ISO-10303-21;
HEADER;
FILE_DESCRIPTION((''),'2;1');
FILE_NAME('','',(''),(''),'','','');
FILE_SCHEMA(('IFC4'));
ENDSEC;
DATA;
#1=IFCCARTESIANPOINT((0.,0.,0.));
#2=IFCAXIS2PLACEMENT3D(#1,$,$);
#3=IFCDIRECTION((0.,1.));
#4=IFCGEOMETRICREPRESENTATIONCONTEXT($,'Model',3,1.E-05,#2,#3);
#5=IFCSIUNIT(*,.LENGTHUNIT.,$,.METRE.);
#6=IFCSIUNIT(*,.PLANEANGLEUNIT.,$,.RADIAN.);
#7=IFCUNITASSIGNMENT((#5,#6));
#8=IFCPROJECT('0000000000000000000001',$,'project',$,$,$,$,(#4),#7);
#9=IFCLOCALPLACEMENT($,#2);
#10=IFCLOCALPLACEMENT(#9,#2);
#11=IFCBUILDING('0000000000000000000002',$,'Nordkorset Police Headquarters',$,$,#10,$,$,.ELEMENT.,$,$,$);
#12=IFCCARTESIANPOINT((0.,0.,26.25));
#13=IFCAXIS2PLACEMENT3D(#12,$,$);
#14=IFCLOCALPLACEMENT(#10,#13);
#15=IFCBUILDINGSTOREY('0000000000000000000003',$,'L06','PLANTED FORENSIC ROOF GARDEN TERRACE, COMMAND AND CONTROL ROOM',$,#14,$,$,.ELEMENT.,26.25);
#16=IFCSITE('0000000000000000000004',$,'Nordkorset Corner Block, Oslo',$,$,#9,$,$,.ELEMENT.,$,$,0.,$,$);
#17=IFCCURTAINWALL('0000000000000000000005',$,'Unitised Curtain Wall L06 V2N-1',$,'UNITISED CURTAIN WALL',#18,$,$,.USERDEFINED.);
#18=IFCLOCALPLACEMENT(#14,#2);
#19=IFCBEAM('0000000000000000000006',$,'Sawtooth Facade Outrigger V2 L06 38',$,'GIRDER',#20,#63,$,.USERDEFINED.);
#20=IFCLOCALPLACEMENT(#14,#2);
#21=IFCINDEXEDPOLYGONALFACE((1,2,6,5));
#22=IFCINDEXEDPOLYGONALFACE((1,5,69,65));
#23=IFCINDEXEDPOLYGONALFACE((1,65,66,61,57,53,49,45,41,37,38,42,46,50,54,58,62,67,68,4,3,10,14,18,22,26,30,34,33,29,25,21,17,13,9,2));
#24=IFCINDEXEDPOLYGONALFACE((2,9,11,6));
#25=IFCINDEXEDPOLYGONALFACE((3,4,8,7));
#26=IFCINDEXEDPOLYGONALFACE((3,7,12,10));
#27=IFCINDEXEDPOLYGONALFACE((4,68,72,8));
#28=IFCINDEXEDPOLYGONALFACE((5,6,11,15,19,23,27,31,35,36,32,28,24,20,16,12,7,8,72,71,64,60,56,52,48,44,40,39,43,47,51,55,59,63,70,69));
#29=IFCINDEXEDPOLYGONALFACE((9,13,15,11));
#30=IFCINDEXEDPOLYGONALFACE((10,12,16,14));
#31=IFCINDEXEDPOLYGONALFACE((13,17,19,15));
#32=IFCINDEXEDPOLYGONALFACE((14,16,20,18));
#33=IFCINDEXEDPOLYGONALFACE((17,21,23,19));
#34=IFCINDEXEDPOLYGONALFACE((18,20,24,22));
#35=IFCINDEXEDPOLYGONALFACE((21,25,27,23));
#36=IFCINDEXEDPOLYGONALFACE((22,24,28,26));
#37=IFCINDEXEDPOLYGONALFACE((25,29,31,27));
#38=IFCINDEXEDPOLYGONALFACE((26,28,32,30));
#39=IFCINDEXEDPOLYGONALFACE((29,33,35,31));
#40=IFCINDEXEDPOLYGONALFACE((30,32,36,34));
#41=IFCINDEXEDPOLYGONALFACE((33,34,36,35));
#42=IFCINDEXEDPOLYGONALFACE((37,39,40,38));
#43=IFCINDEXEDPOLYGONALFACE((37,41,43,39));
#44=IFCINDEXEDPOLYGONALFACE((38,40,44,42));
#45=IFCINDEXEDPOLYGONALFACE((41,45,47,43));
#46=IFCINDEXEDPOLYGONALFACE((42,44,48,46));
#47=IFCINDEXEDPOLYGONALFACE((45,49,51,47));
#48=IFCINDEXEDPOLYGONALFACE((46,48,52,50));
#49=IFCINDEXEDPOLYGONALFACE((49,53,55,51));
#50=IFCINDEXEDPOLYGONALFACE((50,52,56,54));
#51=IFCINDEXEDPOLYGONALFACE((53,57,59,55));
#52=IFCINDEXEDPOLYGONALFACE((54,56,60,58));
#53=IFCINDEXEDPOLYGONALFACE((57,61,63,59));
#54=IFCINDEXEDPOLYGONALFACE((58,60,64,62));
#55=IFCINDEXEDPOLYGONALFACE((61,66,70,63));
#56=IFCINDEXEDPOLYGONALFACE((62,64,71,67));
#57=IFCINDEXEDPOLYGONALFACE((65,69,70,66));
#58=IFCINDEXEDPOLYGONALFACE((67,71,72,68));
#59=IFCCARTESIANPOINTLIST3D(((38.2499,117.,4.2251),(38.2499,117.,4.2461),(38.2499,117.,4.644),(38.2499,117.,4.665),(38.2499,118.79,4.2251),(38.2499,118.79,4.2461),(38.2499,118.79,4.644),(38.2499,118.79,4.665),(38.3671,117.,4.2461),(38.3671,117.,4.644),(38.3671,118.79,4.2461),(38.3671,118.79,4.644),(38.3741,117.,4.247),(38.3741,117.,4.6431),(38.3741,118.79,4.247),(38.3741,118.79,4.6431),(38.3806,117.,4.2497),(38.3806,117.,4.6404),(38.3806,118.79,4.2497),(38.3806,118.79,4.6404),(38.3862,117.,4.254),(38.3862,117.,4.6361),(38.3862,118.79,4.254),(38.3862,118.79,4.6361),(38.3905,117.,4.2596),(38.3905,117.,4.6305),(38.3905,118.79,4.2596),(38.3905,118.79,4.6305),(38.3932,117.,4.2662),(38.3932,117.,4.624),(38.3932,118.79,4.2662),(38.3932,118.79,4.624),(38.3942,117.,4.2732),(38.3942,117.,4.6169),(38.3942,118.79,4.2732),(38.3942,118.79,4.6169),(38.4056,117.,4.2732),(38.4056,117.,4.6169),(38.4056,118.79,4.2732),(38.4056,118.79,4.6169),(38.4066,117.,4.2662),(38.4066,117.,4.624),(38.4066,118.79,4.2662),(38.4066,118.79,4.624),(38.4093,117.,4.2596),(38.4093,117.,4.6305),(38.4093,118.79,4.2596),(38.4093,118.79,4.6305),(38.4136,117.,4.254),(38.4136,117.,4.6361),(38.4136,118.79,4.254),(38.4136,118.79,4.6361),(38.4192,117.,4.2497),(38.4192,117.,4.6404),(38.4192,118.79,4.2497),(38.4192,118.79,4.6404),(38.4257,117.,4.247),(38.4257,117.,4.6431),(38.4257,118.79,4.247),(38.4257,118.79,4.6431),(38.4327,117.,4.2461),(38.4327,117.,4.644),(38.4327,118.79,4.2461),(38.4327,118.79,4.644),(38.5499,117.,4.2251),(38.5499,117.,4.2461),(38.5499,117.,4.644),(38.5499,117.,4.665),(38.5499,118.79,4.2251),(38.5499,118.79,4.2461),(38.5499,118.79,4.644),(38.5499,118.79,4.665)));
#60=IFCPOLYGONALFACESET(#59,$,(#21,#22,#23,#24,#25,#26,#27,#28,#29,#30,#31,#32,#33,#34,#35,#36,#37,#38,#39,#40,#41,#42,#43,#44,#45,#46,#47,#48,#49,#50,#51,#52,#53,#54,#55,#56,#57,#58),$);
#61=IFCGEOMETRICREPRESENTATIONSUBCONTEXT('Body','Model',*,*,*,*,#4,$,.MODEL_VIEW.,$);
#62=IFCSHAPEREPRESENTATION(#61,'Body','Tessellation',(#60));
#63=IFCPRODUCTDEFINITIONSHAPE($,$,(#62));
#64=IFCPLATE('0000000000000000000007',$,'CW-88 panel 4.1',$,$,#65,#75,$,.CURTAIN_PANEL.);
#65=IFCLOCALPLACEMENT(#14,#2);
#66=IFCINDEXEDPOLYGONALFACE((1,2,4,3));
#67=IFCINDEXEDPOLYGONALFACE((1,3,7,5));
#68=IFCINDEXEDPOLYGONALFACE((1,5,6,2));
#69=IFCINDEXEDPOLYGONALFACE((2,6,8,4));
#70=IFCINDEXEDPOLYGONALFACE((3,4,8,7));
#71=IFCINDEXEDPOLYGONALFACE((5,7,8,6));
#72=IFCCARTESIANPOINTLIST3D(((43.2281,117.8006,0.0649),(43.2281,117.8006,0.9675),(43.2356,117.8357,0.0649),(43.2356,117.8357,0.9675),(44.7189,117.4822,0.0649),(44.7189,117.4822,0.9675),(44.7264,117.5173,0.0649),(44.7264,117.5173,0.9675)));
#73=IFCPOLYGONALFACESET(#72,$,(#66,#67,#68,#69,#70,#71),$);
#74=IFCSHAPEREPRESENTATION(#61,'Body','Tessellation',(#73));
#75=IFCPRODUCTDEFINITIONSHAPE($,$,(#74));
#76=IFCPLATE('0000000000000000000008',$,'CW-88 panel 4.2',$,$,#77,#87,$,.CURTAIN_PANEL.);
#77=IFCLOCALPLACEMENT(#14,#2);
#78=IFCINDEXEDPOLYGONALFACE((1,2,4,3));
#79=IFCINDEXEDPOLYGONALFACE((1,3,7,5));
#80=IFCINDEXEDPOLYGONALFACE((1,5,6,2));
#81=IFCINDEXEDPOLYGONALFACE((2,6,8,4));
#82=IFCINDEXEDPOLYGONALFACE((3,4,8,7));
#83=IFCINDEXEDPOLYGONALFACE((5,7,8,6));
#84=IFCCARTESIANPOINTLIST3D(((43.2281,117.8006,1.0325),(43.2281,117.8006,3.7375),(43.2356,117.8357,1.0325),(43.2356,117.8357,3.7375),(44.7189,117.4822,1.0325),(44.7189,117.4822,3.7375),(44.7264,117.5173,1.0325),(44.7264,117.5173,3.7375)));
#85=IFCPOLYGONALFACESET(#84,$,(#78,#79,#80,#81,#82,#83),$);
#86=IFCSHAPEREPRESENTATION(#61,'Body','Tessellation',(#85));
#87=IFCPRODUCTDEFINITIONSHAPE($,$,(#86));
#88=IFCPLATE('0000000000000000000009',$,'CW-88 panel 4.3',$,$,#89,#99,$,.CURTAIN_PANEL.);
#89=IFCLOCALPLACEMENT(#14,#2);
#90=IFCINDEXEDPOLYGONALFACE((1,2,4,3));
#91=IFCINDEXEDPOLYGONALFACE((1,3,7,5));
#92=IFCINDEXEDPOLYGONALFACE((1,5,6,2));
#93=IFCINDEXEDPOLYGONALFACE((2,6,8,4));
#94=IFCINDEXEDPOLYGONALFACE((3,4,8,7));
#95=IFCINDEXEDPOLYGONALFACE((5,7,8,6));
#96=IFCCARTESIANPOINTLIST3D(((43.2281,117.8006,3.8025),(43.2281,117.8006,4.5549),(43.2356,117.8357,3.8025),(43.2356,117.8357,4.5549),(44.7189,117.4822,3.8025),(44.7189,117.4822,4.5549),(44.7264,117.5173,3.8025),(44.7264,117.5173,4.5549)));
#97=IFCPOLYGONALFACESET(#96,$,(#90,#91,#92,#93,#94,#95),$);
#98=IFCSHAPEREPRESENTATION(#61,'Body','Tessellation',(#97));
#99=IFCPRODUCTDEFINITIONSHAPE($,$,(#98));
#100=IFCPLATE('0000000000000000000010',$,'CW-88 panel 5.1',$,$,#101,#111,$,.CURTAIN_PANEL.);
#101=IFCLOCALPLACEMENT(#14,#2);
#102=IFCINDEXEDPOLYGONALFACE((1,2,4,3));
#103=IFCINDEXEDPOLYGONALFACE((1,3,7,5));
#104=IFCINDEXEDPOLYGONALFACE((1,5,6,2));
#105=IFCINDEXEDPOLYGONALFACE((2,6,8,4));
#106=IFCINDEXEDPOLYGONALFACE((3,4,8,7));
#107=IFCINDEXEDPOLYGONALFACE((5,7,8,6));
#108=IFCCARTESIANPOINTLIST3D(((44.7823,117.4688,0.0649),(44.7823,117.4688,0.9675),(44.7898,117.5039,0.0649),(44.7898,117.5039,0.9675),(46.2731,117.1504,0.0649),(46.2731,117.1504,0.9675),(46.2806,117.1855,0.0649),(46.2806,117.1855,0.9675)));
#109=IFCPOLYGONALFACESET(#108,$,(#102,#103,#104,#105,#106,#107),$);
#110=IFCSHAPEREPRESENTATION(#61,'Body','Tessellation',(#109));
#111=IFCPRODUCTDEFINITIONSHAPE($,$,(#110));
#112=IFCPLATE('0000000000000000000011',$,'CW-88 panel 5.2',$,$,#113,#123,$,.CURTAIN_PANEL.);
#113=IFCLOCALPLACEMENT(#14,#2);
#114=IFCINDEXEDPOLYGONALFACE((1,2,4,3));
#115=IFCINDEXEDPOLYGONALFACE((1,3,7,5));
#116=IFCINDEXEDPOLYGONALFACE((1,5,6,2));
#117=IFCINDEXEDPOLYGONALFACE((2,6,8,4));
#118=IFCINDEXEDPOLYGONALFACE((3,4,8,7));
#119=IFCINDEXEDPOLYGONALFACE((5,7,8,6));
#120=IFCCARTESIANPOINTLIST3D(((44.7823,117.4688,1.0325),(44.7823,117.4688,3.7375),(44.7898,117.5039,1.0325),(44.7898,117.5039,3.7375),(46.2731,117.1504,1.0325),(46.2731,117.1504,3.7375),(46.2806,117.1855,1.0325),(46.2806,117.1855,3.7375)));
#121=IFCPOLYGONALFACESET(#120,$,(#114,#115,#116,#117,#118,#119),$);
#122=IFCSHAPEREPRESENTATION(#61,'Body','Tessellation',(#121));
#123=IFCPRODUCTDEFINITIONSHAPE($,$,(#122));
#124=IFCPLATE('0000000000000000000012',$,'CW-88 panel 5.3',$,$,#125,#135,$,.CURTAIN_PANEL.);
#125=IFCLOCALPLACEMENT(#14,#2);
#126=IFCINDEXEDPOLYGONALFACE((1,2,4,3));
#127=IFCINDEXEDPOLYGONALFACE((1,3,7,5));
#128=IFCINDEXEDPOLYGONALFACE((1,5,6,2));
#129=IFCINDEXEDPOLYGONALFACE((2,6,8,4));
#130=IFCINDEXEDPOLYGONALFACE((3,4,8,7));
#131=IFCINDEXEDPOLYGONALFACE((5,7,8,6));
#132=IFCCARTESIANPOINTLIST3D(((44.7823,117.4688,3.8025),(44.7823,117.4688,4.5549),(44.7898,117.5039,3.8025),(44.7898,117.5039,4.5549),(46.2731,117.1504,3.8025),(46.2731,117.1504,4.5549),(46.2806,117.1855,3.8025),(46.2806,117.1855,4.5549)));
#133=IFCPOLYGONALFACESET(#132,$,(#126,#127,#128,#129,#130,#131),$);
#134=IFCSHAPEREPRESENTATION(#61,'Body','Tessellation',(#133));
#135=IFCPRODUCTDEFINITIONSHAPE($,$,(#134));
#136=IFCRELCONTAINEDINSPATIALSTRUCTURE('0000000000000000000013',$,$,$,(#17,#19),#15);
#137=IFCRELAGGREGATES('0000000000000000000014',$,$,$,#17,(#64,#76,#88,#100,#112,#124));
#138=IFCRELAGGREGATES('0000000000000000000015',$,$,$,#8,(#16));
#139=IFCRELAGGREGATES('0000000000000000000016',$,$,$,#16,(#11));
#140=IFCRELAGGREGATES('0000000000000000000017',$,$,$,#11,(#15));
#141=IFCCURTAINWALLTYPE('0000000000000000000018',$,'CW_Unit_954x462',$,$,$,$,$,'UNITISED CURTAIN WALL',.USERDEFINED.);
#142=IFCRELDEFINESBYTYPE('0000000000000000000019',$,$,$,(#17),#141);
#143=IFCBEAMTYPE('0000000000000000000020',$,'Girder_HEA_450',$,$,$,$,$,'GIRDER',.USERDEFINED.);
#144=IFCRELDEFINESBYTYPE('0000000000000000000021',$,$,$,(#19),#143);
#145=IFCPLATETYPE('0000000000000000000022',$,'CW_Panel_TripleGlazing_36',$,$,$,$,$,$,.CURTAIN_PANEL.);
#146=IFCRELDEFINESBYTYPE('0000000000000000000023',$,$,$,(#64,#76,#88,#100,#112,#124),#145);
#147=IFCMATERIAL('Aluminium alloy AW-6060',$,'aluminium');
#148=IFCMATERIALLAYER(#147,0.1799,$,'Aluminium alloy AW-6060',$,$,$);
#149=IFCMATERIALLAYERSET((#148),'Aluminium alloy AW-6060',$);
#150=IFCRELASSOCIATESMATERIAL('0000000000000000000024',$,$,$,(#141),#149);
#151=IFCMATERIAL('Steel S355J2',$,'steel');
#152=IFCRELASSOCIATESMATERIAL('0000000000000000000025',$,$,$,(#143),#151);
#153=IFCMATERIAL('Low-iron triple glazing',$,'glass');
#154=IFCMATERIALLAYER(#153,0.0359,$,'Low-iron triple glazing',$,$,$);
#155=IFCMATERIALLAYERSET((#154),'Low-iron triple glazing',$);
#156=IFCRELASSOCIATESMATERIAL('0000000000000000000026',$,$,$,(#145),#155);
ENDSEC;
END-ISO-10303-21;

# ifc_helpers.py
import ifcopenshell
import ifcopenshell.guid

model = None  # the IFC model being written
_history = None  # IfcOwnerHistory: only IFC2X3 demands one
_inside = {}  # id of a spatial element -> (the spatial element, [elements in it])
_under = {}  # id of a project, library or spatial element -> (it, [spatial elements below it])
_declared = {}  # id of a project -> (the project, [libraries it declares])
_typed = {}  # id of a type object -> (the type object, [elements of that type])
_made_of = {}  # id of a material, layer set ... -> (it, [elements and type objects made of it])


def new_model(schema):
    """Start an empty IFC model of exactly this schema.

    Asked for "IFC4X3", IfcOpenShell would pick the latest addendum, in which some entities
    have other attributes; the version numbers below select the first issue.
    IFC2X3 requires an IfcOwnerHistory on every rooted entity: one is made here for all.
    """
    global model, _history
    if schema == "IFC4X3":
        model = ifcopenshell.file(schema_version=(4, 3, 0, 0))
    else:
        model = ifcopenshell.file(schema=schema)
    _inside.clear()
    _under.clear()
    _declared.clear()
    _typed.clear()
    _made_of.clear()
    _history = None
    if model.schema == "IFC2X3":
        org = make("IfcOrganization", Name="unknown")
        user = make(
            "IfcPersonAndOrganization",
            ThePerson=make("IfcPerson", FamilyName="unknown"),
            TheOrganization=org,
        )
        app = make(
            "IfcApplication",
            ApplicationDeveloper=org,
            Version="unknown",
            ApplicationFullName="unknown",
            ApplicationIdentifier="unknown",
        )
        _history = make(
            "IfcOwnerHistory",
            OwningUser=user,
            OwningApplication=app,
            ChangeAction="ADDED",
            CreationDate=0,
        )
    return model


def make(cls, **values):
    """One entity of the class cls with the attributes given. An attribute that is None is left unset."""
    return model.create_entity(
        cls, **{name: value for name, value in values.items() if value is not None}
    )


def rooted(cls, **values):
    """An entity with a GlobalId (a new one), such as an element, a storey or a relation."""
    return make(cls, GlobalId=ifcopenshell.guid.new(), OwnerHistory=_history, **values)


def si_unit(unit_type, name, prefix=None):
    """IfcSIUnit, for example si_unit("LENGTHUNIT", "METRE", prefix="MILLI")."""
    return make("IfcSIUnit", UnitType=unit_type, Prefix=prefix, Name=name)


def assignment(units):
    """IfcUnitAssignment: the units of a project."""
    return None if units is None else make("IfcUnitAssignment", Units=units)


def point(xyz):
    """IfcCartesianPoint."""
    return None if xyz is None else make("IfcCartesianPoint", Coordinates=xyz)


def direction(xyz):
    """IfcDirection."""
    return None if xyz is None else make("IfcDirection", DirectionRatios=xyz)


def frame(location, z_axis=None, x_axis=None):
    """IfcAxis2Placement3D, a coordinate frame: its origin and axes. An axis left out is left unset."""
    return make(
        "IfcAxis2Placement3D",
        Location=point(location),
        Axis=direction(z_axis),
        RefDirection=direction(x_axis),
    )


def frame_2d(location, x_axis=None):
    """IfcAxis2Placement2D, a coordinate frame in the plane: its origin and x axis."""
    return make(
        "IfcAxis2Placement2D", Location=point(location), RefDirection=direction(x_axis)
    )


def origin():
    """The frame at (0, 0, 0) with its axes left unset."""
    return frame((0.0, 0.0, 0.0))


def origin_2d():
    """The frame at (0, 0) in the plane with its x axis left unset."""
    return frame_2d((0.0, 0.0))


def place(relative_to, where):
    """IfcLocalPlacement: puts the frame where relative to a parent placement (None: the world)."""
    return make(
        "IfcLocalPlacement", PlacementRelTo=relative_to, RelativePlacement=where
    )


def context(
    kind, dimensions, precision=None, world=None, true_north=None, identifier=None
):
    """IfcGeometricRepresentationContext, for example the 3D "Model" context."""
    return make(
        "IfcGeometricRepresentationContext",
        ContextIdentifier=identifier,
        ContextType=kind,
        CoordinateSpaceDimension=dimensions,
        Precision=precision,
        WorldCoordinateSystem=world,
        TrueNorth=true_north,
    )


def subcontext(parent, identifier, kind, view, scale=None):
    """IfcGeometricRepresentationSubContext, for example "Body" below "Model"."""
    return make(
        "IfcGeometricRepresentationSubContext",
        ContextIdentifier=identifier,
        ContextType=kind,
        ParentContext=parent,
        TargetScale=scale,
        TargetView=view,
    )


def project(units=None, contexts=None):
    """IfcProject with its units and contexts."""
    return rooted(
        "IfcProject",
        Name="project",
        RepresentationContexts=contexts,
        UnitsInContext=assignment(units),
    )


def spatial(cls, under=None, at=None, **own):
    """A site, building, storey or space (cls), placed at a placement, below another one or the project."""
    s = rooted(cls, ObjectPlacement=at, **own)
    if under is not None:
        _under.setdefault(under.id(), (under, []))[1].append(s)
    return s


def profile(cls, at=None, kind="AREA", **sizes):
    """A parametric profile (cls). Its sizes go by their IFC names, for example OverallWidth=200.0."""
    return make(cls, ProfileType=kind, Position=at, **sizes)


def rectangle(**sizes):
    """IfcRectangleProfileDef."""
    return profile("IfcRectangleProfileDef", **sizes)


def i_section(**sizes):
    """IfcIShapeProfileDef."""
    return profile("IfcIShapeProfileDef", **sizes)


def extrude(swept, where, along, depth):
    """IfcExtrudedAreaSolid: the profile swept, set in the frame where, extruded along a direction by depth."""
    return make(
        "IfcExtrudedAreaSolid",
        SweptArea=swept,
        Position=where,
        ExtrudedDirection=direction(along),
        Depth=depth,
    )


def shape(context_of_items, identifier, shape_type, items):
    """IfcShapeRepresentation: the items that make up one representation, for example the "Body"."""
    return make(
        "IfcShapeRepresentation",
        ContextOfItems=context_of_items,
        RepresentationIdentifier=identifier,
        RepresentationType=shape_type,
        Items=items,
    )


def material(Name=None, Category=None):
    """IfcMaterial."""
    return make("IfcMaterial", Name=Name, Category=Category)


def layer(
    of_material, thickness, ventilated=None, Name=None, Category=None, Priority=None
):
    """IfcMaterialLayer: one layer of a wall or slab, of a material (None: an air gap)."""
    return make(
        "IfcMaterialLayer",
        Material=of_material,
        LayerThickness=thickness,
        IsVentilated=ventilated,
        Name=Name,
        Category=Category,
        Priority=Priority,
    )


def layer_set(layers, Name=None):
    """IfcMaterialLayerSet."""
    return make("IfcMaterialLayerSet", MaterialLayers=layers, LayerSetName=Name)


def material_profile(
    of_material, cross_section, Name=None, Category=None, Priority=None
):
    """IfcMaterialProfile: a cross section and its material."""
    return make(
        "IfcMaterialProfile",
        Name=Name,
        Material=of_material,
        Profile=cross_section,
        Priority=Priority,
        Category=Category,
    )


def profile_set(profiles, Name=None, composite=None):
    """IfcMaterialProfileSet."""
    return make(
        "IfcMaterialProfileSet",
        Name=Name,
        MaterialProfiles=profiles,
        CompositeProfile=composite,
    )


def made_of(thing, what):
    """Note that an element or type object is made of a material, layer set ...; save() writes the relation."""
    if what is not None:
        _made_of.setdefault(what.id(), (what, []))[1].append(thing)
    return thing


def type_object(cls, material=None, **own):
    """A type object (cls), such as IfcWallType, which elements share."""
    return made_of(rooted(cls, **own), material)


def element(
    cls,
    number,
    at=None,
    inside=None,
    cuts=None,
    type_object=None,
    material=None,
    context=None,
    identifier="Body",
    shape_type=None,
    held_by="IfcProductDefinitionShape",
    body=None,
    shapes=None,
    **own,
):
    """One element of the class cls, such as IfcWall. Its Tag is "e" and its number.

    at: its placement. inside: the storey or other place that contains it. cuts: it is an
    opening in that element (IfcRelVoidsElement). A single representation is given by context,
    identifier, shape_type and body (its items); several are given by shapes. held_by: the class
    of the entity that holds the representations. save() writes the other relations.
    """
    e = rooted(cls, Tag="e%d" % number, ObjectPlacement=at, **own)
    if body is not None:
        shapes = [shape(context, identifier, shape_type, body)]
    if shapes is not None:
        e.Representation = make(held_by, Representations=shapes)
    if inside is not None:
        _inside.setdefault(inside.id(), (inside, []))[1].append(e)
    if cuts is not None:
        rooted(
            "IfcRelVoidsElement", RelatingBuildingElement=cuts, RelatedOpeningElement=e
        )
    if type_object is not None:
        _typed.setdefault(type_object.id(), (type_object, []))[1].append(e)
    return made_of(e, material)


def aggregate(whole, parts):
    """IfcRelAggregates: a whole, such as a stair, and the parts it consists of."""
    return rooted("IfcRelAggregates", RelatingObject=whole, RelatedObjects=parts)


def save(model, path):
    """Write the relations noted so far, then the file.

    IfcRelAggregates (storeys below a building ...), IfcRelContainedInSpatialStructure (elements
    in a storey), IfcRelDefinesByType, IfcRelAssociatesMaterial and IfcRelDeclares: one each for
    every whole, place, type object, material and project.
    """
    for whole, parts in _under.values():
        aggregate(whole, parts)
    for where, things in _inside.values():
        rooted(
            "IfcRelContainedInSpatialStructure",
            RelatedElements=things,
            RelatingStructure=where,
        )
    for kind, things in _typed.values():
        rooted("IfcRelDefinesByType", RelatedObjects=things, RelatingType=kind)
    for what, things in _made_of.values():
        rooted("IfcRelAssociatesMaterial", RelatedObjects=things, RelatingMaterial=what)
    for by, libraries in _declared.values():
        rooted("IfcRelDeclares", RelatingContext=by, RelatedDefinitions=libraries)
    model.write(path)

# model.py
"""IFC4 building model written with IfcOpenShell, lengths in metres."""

from ifc_helpers import new_model, si_unit, direction, frame, origin, origin_2d, place, context, subcontext, project, spatial, rectangle, i_section, extrude, material, layer, layer_set, material_profile, profile_set, type_object, element, aggregate, save


model = new_model("IFC4")

# Units and contexts
model_context = context("Model", 3, precision=1e-05, world=origin(), true_north=direction((0.0, 1.0)))
body_context = subcontext(model_context, "Body", "Model", "MODEL_VIEW")
ifc_project = project(units=[si_unit("LENGTHUNIT", "METRE"), si_unit("PLANEANGLEUNIT", "RADIAN")], contexts=[model_context])

# Site, building, storey
site_placement = place(None, origin())
site = spatial("IfcSite", under=ifc_project, at=site_placement, Name="Nordkorset Corner Block, Oslo", CompositionType="ELEMENT", RefElevation=0.0)
building_placement = place(site_placement, origin())
building = spatial("IfcBuilding", under=site, at=building_placement, Name="Nordkorset Police Headquarters", CompositionType="ELEMENT")
storey_placement = place(building_placement, frame((0.0, 0.0, 26.25)))
storey = spatial("IfcBuildingStorey", under=building, at=storey_placement, Name="L06", Description="PLANTED FORENSIC ROOF GARDEN TERRACE, COMMAND AND CONTROL ROOM", CompositionType="ELEMENT", Elevation=26.25)

# Curtain wall
ifc_material_1 = material(Name="Aluminium alloy AW-6060", Category="aluminium")
ifc_layer_1 = layer(ifc_material_1, 0.1799, Name="Aluminium alloy AW-6060")
ifc_layer_set_1 = layer_set([ifc_layer_1], Name="Aluminium alloy AW-6060")
curtain_wall_type = type_object("IfcCurtainWallType", Name="CW_Unit_954x462", ElementType="UNITISED CURTAIN WALL", PredefinedType="USERDEFINED", material=ifc_layer_set_1)
curtain_wall_placement = place(storey_placement, origin())
curtain_wall = element("IfcCurtainWall", 1, at=curtain_wall_placement, inside=storey, type_object=curtain_wall_type, Name="Unitised Curtain Wall L06 V2N-1", ObjectType="UNITISED CURTAIN WALL", PredefinedType="USERDEFINED")

# Beam
ifc_material_2 = material(Name="Steel S355J2", Category="steel")
ifc_material_profile_1 = material_profile(ifc_material_2, i_section(OverallWidth=0.3, OverallDepth=0.4399, WebThickness=0.0115, FlangeThickness=0.021, FilletRadius=0.0271, at=origin_2d()), Name="HEA 450")
ifc_profile_set_1 = profile_set([ifc_material_profile_1], Name="Steel S355J2")
beam_type = type_object("IfcBeamType", Name="Girder_HEA_450", ElementType="GIRDER", PredefinedType="USERDEFINED", material=ifc_profile_set_1)
beam_placement = place(storey_placement, frame((38.3999, 117.0, 4.4451), z_axis=(0.0, 1.0, 0.0), x_axis=(-1.0, 0.0, 0.0)))
element("IfcBeam", 2, at=beam_placement, inside=storey, type_object=beam_type, Name="Sawtooth Facade Outrigger V2 L06 38", ObjectType="GIRDER", PredefinedType="USERDEFINED", context=body_context, shape_type="SweptSolid", body=[
    extrude(i_section(OverallWidth=0.3, OverallDepth=0.4399, WebThickness=0.0115, FlangeThickness=0.021, FilletRadius=0.0271, at=origin_2d()), origin(), (0.0, 0.0, 1.0), 1.79),
])

# Plates
ifc_material_3 = material(Name="Low-iron triple glazing", Category="glass")
ifc_layer_2 = layer(ifc_material_3, 0.0359, Name="Low-iron triple glazing")
ifc_layer_set_2 = layer_set([ifc_layer_2], Name="Low-iron triple glazing")
plate_type = type_object("IfcPlateType", Name="CW_Panel_TripleGlazing_36", PredefinedType="CURTAIN_PANEL", material=ifc_layer_set_2)
plate_1_placement = place(storey_placement, frame((43.9773, 117.6589, 0.0649), z_axis=(0.0, 0.0, 1.0), x_axis=(0.977951, -0.208833, 0.0)))
plate_1 = element("IfcPlate", 3, at=plate_1_placement, type_object=plate_type, Name="CW-88 panel 4.1", PredefinedType="CURTAIN_PANEL", context=body_context, shape_type="SweptSolid", body=[
    extrude(rectangle(XDim=1.5244, YDim=0.0359, at=origin_2d()), origin(), (0.0, 0.0, 1.0), 0.9026),
])
plate_2_placement = place(storey_placement, frame((43.9773, 117.6589, 1.0325), z_axis=(0.0, 0.0, 1.0), x_axis=(0.977951, -0.208833, 0.0)))
plate_2 = element("IfcPlate", 4, at=plate_2_placement, type_object=plate_type, Name="CW-88 panel 4.2", PredefinedType="CURTAIN_PANEL", context=body_context, shape_type="SweptSolid", body=[
    extrude(rectangle(XDim=1.5244, YDim=0.0359, at=origin_2d()), origin(), (0.0, 0.0, 1.0), 2.7051),
])
plate_3_placement = place(storey_placement, frame((43.9773, 117.6589, 3.8025), z_axis=(0.0, 0.0, 1.0), x_axis=(0.977951, -0.208833, 0.0)))
plate_3 = element("IfcPlate", 5, at=plate_3_placement, type_object=plate_type, Name="CW-88 panel 4.3", PredefinedType="CURTAIN_PANEL", context=body_context, shape_type="SweptSolid", body=[
    extrude(rectangle(XDim=1.5244, YDim=0.0359, at=origin_2d()), origin(), (0.0, 0.0, 1.0), 0.7524),
])
plate_4_placement = place(storey_placement, frame((45.5315, 117.3271, 0.0649), z_axis=(0.0, 0.0, 1.0), x_axis=(0.977951, -0.208833, 0.0)))
plate_4 = element("IfcPlate", 6, at=plate_4_placement, type_object=plate_type, Name="CW-88 panel 5.1", PredefinedType="CURTAIN_PANEL", context=body_context, shape_type="SweptSolid", body=[
    extrude(rectangle(XDim=1.5244, YDim=0.0359, at=origin_2d()), origin(), (0.0, 0.0, 1.0), 0.9026),
])
plate_5_placement = place(storey_placement, frame((45.5315, 117.3271, 1.0325), z_axis=(0.0, 0.0, 1.0), x_axis=(0.977951, -0.208833, 0.0)))
plate_5 = element("IfcPlate", 7, at=plate_5_placement, type_object=plate_type, Name="CW-88 panel 5.2", PredefinedType="CURTAIN_PANEL", context=body_context, shape_type="SweptSolid", body=[
    extrude(rectangle(XDim=1.5244, YDim=0.0359, at=origin_2d()), origin(), (0.0, 0.0, 1.0), 2.7051),
])
plate_6_placement = place(storey_placement, frame((45.5315, 117.3271, 3.8025), z_axis=(0.0, 0.0, 1.0), x_axis=(0.977951, -0.208833, 0.0)))
plate_6 = element("IfcPlate", 8, at=plate_6_placement, type_object=plate_type, Name="CW-88 panel 5.3", PredefinedType="CURTAIN_PANEL", context=body_context, shape_type="SweptSolid", body=[
    extrude(rectangle(XDim=1.5244, YDim=0.0359, at=origin_2d()), origin(), (0.0, 0.0, 1.0), 0.7524),
])
aggregate(curtain_wall, [plate_1, plate_2, plate_3, plate_4, plate_5, plate_6])

save(model, "model.ifc")
